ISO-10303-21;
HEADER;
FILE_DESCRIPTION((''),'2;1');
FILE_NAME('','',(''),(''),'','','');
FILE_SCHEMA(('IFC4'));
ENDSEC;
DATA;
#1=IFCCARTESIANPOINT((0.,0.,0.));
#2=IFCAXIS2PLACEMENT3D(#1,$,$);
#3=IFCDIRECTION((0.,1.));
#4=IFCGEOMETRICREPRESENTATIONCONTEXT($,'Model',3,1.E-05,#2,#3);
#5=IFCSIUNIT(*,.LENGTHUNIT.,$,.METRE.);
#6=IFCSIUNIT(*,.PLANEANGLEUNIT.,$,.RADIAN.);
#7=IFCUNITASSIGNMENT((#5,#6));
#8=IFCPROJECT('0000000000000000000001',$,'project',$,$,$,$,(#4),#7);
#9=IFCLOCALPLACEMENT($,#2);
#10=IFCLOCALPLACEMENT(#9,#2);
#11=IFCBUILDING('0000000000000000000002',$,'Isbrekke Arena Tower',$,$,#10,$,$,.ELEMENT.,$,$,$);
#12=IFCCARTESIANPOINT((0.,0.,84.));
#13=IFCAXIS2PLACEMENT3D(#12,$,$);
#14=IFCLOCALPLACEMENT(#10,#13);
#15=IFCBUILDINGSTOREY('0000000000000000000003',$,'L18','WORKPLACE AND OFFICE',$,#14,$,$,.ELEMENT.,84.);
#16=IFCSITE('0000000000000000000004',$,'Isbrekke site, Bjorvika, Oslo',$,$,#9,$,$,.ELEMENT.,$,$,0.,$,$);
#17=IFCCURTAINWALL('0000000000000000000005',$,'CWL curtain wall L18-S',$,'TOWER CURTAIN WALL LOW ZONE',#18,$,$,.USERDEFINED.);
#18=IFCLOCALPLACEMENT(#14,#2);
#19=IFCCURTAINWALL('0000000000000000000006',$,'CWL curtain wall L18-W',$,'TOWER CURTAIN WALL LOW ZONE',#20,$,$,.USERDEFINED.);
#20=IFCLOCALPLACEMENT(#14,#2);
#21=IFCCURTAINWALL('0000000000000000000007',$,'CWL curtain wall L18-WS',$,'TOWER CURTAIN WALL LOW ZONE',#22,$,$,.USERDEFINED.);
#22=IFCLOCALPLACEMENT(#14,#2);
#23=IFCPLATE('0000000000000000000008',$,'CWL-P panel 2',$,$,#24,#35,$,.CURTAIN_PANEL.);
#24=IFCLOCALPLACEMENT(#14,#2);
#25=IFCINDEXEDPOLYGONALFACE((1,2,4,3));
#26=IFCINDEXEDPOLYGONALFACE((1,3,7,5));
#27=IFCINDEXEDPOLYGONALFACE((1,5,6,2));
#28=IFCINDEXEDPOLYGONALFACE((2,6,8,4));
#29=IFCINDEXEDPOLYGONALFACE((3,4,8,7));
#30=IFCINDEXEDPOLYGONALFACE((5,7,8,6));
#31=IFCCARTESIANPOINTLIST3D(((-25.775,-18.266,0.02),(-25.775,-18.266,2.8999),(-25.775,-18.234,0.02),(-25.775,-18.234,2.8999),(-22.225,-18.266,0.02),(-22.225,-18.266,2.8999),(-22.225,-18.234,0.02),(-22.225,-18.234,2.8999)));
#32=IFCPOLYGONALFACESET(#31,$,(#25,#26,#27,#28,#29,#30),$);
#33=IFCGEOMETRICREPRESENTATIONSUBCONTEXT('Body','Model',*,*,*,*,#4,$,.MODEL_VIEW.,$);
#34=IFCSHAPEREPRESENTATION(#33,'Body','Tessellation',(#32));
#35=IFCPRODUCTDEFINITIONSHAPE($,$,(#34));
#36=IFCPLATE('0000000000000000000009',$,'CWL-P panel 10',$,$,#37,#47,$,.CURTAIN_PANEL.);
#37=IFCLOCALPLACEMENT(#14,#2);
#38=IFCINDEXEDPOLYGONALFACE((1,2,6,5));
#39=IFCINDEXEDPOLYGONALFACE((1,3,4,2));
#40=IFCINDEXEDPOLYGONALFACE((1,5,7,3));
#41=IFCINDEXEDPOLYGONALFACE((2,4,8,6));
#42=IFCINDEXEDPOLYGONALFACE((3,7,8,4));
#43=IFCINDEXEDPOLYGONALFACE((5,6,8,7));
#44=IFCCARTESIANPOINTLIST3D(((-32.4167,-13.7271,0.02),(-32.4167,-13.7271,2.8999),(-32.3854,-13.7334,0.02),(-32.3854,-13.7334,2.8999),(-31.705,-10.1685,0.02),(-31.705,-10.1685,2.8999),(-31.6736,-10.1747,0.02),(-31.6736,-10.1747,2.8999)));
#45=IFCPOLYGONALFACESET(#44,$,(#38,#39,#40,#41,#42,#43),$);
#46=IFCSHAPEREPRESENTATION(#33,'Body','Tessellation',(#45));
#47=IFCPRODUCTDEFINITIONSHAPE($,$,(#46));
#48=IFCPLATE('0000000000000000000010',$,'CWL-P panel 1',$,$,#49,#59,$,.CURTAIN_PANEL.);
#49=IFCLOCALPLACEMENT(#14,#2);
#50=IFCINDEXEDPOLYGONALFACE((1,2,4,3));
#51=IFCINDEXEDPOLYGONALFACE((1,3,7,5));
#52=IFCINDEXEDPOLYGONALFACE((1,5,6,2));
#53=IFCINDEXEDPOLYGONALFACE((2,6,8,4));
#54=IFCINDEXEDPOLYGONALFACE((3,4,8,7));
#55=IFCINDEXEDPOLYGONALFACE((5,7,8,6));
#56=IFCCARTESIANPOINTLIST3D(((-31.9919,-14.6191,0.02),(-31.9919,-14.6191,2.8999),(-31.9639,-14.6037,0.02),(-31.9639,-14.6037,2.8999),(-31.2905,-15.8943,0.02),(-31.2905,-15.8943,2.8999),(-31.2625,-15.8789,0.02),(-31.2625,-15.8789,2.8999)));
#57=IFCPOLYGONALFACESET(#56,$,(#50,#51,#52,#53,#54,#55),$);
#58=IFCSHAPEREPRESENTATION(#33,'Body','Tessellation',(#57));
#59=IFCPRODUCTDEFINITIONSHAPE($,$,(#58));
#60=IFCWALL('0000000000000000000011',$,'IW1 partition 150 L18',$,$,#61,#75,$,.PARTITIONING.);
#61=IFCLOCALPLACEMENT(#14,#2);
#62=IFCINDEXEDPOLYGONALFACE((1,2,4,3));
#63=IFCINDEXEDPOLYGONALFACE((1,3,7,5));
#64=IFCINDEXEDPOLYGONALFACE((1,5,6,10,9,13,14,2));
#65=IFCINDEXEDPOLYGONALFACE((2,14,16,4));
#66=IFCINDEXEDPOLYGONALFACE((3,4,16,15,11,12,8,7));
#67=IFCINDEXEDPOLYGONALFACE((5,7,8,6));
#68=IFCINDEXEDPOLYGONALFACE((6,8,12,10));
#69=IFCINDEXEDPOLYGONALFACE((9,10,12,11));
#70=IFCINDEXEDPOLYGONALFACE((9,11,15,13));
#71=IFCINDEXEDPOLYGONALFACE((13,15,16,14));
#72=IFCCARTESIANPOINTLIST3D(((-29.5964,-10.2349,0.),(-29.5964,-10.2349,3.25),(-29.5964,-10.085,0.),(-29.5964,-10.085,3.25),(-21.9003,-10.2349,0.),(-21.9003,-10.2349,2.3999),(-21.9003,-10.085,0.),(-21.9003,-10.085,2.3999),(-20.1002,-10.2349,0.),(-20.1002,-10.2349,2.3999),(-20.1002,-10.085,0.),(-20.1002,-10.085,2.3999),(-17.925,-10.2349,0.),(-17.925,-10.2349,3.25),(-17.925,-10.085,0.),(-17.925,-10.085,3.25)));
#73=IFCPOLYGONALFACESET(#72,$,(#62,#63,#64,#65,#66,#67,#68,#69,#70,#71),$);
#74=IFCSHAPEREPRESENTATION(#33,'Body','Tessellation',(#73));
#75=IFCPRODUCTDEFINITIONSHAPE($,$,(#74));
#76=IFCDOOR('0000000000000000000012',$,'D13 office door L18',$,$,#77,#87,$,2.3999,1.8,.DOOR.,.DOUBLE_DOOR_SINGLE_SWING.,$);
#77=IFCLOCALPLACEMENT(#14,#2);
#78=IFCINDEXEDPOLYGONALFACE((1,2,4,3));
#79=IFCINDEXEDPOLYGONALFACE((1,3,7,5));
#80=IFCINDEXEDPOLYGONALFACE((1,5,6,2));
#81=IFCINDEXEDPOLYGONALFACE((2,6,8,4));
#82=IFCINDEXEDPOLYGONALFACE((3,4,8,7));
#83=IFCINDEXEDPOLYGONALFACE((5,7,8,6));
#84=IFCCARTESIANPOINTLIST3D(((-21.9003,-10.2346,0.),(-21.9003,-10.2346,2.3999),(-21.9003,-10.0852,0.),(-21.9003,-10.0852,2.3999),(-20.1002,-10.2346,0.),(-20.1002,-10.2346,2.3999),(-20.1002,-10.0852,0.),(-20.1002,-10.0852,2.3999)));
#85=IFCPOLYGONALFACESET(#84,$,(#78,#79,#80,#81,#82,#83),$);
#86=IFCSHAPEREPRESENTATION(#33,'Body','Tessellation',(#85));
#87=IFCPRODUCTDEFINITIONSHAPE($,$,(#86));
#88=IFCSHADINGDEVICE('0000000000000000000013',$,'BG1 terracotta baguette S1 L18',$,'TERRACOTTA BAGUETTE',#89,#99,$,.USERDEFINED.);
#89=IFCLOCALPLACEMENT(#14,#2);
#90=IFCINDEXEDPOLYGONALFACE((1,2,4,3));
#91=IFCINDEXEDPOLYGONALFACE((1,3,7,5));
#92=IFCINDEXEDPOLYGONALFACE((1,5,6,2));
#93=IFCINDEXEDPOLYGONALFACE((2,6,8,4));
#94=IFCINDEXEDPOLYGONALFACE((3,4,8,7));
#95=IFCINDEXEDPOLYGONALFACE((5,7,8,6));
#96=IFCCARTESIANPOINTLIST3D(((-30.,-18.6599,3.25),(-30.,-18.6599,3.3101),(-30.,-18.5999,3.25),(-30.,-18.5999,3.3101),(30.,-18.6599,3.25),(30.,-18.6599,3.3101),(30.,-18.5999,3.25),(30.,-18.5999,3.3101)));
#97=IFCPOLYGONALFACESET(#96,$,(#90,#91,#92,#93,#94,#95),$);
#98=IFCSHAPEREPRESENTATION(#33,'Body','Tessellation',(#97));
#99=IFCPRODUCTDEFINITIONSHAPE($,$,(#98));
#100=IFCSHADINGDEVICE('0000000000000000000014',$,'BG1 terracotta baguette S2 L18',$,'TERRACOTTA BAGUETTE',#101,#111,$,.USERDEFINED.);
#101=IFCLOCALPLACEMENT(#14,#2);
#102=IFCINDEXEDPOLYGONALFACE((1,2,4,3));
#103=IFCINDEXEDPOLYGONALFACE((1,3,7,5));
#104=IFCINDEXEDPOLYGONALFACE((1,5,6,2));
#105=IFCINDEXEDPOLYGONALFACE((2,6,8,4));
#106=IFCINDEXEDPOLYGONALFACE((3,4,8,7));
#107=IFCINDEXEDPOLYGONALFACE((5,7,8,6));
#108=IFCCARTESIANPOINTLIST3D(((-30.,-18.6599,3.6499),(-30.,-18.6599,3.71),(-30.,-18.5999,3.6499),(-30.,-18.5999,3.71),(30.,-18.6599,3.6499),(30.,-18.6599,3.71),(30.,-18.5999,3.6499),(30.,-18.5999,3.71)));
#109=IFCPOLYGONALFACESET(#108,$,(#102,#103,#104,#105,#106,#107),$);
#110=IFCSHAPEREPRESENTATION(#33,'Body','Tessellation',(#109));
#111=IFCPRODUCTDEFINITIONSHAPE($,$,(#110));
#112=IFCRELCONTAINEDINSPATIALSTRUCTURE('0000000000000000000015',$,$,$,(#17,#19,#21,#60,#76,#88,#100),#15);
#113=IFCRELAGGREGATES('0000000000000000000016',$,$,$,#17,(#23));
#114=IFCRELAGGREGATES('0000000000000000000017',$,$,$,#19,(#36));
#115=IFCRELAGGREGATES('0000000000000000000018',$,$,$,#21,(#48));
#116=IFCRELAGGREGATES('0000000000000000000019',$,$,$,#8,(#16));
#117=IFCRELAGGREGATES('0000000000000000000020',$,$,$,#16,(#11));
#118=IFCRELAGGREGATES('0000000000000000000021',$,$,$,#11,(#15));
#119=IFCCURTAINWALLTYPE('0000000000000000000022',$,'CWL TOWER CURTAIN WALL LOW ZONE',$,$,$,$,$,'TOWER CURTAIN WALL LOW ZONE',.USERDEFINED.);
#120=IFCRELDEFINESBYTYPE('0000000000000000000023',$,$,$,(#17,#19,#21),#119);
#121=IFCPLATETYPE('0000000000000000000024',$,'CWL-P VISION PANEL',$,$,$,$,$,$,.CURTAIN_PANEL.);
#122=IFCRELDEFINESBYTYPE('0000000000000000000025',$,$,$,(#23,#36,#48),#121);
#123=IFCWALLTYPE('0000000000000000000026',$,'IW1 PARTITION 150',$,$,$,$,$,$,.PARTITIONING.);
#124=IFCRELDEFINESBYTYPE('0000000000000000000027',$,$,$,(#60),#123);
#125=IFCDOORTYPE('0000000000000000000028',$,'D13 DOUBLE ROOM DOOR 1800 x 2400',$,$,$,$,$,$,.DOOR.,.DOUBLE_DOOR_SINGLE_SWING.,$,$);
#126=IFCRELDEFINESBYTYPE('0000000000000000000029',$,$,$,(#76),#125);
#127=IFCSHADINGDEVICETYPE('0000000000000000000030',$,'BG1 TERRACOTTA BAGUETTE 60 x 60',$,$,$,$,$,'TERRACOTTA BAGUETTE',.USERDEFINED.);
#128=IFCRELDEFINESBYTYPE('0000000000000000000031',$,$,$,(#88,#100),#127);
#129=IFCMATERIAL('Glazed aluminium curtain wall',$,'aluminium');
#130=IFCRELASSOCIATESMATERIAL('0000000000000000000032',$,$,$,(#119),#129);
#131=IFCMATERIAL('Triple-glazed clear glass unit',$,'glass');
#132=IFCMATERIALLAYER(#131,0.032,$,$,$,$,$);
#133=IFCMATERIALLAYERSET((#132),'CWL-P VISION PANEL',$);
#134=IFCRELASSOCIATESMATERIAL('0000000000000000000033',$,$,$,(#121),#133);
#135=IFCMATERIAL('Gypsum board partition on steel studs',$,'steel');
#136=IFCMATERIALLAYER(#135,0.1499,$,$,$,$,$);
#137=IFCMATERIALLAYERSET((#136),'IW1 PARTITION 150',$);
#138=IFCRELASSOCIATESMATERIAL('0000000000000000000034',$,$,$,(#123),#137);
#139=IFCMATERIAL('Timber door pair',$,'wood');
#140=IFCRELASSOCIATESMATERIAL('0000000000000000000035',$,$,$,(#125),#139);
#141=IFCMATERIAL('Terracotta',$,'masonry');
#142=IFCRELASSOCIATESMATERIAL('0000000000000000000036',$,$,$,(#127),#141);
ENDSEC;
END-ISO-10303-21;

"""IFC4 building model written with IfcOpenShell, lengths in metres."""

from ifc_helpers import new_model, si_unit, direction, frame, frame_2d, origin, origin_2d, place, context, subcontext, project, spatial, rectangle, extrude, material, layer, layer_set, material_profile, profile_set, type_object, element, fill, aggregate, save


model = new_model("IFC4")

# Units and contexts
model_context = context("Model", 3, precision=1e-05, world=origin(), true_north=direction((0.0, 1.0)))
body_context = subcontext(model_context, "Body", "Model", "MODEL_VIEW")
ifc_project = project(units=[si_unit("LENGTHUNIT", "METRE"), si_unit("PLANEANGLEUNIT", "RADIAN")], contexts=[model_context])

# Site, building, storey
site_placement = place(None, origin())
site = spatial("IfcSite", under=ifc_project, at=site_placement, Name="Isbrekke site, Bjorvika, Oslo", CompositionType="ELEMENT", RefElevation=0.0)
building_placement = place(site_placement, origin())
building = spatial("IfcBuilding", under=site, at=building_placement, Name="Isbrekke Arena Tower", CompositionType="ELEMENT")
storey_placement = place(building_placement, frame((0.0, 0.0, 84.0)))
storey = spatial("IfcBuildingStorey", under=building, at=storey_placement, Name="L18", Description="WORKPLACE AND OFFICE", CompositionType="ELEMENT", Elevation=84.0)

# Curtain wall
ifc_material_1 = material(Name="Glazed aluminium curtain wall", Category="aluminium")
curtain_wall_type = type_object("IfcCurtainWallType", Name="CWL TOWER CURTAIN WALL LOW ZONE", ElementType="TOWER CURTAIN WALL LOW ZONE", PredefinedType="USERDEFINED", material=ifc_material_1)
curtain_wall_1_placement = place(storey_placement, origin())
curtain_wall_1 = element("IfcCurtainWall", 1, at=curtain_wall_1_placement, inside=storey, type_object=curtain_wall_type, Name="CWL curtain wall L18-S", ObjectType="TOWER CURTAIN WALL LOW ZONE", PredefinedType="USERDEFINED")

# Curtain wall
curtain_wall_2_placement = place(storey_placement, origin())
curtain_wall_2 = element("IfcCurtainWall", 2, at=curtain_wall_2_placement, inside=storey, type_object=curtain_wall_type, Name="CWL curtain wall L18-W", ObjectType="TOWER CURTAIN WALL LOW ZONE", PredefinedType="USERDEFINED")

# Curtain wall
curtain_wall_3_placement = place(storey_placement, origin())
curtain_wall_3 = element("IfcCurtainWall", 3, at=curtain_wall_3_placement, inside=storey, type_object=curtain_wall_type, Name="CWL curtain wall L18-WS", ObjectType="TOWER CURTAIN WALL LOW ZONE", PredefinedType="USERDEFINED")

# Plates
ifc_material_2 = material(Name="Triple-glazed clear glass unit", Category="glass")
ifc_layer_1 = layer(ifc_material_2, 0.032)
ifc_layer_set_1 = layer_set([ifc_layer_1], Name="CWL-P VISION PANEL")
plate_type = type_object("IfcPlateType", Name="CWL-P VISION PANEL", PredefinedType="CURTAIN_PANEL", material=ifc_layer_set_1)
plate_1_placement = place(storey_placement, frame((-24.0, -18.25, 0.02), z_axis=(0.0, 0.0, 1.0), x_axis=(1.0, 0.0, 0.0)))
plate_1 = element("IfcPlate", 4, at=plate_1_placement, type_object=plate_type, Name="CWL-P panel 2", PredefinedType="CURTAIN_PANEL", context=body_context, shape_type="SweptSolid", body=[
    extrude(rectangle(XDim=3.55, YDim=0.032, at=origin_2d()), origin(), (0.0, 0.0, 1.0), 2.8799),
])
aggregate(curtain_wall_1, [plate_1])
plate_2_placement = place(storey_placement, frame((-32.0452, -11.9509, 0.02), z_axis=(0.0, 0.0, 1.0), x_axis=(-0.196116, -0.980581, 0.0)))
plate_2 = element("IfcPlate", 5, at=plate_2_placement, type_object=plate_type, Name="CWL-P panel 10", PredefinedType="CURTAIN_PANEL", context=body_context, shape_type="SweptSolid", body=[
    extrude(rectangle(XDim=3.6292, YDim=0.032, at=origin_2d()), origin(), (0.0, 0.0, 1.0), 2.8799),
])
aggregate(curtain_wall_2, [plate_2])
plate_3_placement = place(storey_placement, frame((-31.6272, -15.249, 0.02), z_axis=(0.0, 0.0, 1.0), x_axis=(0.481919, -0.876216, 0.0)))
plate_3 = element("IfcPlate", 6, at=plate_3_placement, type_object=plate_type, Name="CWL-P panel 1", PredefinedType="CURTAIN_PANEL", context=body_context, shape_type="SweptSolid", body=[
    extrude(rectangle(XDim=1.4553, YDim=0.032, at=origin_2d()), origin(), (0.0, 0.0, 1.0), 2.8799),
])
aggregate(curtain_wall_3, [plate_3])

# Wall, opening, door
ifc_material_3 = material(Name="Gypsum board partition on steel studs", Category="steel")
ifc_layer_2 = layer(ifc_material_3, 0.1499)
ifc_layer_set_2 = layer_set([ifc_layer_2], Name="IW1 PARTITION 150")
wall_type = type_object("IfcWallType", Name="IW1 PARTITION 150", PredefinedType="PARTITIONING", material=ifc_layer_set_2)
wall_placement = place(storey_placement, frame((-29.5964, -10.1599, 0.0), z_axis=(0.0, 0.0, 1.0), x_axis=(1.0, 0.0, 0.0)))
wall = element("IfcWall", 7, at=wall_placement, inside=storey, type_object=wall_type, Name="IW1 partition 150 L18", PredefinedType="PARTITIONING", context=body_context, shape_type="SweptSolid", body=[
    extrude(rectangle(XDim=11.6714, YDim=0.1499, at=frame_2d((5.8357, 0.0))), origin(), (0.0, 0.0, 1.0), 3.25),
])
opening_placement = place(wall_placement, frame((7.6963, 0.0, 0.0)))
opening = element("IfcOpeningElement", 8, at=opening_placement, cuts=wall, PredefinedType="OPENING", context=body_context, shape_type="SweptSolid", body=[
    extrude(rectangle(XDim=1.8, YDim=2.3999, at=frame_2d((0.8999, 1.2))), frame((0.0, 0.0898, 0.0), z_axis=(0.0, -1.0, 0.0), x_axis=(1.0, 0.0, 0.0)), (0.0, 0.0, 1.0), 0.1797),
])
ifc_material_4 = material(Name="Timber door pair", Category="wood")
door_type = type_object("IfcDoorType", Name="D13 DOUBLE ROOM DOOR 1800 x 2400", OperationType="DOUBLE_DOOR_SINGLE_SWING", PredefinedType="DOOR", material=ifc_material_4)
door_placement = place(opening_placement, origin())
door = element("IfcDoor", 9, at=door_placement, inside=storey, type_object=door_type, Name="D13 office door L18", OperationType="DOUBLE_DOOR_SINGLE_SWING", OverallHeight=2.3999, OverallWidth=1.8, PredefinedType="DOOR", context=body_context, shape_type="SweptSolid", body=[
    extrude(rectangle(XDim=1.8, YDim=2.3999, at=frame_2d((0.8999, 1.2))), frame((0.0, 0.0747, 0.0), z_axis=(0.0, -1.0, 0.0), x_axis=(1.0, 0.0, 0.0)), (0.0, 0.0, 1.0), 0.1494),
])
fill(opening, door)

# Shading devices
ifc_material_5 = material(Name="Terracotta", Category="masonry")
ifc_material_profile_1 = material_profile(ifc_material_5, rectangle(XDim=0.0601, YDim=0.0601, at=origin_2d()), Name="BAGUETTE 60X60")
ifc_profile_set_1 = profile_set([ifc_material_profile_1], Name="Terracotta")
shading_device_type = type_object("IfcShadingDeviceType", Name="BG1 TERRACOTTA BAGUETTE 60 x 60", ElementType="TERRACOTTA BAGUETTE", PredefinedType="USERDEFINED", material=ifc_profile_set_1)
for number, where, z_axis, x_axis, name in (
    (10, (-30.0, -18.6299, 3.28), (1.0, 0.0, 0.0), (0.0, 1.0, 0.0), "BG1 terracotta baguette S1 L18"),
    (11, (-30.0, -18.6299, 3.6799), (1.0, 0.0, 0.0), (0.0, 1.0, 0.0), "BG1 terracotta baguette S2 L18"),
):
    element("IfcShadingDevice", number, at=place(storey_placement, frame(where, z_axis=z_axis, x_axis=x_axis)), inside=storey, type_object=shading_device_type, Name=name, ObjectType="TERRACOTTA BAGUETTE", PredefinedType="USERDEFINED", context=body_context, shape_type="SweptSolid", body=[
        extrude(rectangle(XDim=0.0601, YDim=0.0601, at=origin_2d()), origin(), (0.0, 0.0, 1.0), 60.0),
    ])

save(model, "model.ifc")
